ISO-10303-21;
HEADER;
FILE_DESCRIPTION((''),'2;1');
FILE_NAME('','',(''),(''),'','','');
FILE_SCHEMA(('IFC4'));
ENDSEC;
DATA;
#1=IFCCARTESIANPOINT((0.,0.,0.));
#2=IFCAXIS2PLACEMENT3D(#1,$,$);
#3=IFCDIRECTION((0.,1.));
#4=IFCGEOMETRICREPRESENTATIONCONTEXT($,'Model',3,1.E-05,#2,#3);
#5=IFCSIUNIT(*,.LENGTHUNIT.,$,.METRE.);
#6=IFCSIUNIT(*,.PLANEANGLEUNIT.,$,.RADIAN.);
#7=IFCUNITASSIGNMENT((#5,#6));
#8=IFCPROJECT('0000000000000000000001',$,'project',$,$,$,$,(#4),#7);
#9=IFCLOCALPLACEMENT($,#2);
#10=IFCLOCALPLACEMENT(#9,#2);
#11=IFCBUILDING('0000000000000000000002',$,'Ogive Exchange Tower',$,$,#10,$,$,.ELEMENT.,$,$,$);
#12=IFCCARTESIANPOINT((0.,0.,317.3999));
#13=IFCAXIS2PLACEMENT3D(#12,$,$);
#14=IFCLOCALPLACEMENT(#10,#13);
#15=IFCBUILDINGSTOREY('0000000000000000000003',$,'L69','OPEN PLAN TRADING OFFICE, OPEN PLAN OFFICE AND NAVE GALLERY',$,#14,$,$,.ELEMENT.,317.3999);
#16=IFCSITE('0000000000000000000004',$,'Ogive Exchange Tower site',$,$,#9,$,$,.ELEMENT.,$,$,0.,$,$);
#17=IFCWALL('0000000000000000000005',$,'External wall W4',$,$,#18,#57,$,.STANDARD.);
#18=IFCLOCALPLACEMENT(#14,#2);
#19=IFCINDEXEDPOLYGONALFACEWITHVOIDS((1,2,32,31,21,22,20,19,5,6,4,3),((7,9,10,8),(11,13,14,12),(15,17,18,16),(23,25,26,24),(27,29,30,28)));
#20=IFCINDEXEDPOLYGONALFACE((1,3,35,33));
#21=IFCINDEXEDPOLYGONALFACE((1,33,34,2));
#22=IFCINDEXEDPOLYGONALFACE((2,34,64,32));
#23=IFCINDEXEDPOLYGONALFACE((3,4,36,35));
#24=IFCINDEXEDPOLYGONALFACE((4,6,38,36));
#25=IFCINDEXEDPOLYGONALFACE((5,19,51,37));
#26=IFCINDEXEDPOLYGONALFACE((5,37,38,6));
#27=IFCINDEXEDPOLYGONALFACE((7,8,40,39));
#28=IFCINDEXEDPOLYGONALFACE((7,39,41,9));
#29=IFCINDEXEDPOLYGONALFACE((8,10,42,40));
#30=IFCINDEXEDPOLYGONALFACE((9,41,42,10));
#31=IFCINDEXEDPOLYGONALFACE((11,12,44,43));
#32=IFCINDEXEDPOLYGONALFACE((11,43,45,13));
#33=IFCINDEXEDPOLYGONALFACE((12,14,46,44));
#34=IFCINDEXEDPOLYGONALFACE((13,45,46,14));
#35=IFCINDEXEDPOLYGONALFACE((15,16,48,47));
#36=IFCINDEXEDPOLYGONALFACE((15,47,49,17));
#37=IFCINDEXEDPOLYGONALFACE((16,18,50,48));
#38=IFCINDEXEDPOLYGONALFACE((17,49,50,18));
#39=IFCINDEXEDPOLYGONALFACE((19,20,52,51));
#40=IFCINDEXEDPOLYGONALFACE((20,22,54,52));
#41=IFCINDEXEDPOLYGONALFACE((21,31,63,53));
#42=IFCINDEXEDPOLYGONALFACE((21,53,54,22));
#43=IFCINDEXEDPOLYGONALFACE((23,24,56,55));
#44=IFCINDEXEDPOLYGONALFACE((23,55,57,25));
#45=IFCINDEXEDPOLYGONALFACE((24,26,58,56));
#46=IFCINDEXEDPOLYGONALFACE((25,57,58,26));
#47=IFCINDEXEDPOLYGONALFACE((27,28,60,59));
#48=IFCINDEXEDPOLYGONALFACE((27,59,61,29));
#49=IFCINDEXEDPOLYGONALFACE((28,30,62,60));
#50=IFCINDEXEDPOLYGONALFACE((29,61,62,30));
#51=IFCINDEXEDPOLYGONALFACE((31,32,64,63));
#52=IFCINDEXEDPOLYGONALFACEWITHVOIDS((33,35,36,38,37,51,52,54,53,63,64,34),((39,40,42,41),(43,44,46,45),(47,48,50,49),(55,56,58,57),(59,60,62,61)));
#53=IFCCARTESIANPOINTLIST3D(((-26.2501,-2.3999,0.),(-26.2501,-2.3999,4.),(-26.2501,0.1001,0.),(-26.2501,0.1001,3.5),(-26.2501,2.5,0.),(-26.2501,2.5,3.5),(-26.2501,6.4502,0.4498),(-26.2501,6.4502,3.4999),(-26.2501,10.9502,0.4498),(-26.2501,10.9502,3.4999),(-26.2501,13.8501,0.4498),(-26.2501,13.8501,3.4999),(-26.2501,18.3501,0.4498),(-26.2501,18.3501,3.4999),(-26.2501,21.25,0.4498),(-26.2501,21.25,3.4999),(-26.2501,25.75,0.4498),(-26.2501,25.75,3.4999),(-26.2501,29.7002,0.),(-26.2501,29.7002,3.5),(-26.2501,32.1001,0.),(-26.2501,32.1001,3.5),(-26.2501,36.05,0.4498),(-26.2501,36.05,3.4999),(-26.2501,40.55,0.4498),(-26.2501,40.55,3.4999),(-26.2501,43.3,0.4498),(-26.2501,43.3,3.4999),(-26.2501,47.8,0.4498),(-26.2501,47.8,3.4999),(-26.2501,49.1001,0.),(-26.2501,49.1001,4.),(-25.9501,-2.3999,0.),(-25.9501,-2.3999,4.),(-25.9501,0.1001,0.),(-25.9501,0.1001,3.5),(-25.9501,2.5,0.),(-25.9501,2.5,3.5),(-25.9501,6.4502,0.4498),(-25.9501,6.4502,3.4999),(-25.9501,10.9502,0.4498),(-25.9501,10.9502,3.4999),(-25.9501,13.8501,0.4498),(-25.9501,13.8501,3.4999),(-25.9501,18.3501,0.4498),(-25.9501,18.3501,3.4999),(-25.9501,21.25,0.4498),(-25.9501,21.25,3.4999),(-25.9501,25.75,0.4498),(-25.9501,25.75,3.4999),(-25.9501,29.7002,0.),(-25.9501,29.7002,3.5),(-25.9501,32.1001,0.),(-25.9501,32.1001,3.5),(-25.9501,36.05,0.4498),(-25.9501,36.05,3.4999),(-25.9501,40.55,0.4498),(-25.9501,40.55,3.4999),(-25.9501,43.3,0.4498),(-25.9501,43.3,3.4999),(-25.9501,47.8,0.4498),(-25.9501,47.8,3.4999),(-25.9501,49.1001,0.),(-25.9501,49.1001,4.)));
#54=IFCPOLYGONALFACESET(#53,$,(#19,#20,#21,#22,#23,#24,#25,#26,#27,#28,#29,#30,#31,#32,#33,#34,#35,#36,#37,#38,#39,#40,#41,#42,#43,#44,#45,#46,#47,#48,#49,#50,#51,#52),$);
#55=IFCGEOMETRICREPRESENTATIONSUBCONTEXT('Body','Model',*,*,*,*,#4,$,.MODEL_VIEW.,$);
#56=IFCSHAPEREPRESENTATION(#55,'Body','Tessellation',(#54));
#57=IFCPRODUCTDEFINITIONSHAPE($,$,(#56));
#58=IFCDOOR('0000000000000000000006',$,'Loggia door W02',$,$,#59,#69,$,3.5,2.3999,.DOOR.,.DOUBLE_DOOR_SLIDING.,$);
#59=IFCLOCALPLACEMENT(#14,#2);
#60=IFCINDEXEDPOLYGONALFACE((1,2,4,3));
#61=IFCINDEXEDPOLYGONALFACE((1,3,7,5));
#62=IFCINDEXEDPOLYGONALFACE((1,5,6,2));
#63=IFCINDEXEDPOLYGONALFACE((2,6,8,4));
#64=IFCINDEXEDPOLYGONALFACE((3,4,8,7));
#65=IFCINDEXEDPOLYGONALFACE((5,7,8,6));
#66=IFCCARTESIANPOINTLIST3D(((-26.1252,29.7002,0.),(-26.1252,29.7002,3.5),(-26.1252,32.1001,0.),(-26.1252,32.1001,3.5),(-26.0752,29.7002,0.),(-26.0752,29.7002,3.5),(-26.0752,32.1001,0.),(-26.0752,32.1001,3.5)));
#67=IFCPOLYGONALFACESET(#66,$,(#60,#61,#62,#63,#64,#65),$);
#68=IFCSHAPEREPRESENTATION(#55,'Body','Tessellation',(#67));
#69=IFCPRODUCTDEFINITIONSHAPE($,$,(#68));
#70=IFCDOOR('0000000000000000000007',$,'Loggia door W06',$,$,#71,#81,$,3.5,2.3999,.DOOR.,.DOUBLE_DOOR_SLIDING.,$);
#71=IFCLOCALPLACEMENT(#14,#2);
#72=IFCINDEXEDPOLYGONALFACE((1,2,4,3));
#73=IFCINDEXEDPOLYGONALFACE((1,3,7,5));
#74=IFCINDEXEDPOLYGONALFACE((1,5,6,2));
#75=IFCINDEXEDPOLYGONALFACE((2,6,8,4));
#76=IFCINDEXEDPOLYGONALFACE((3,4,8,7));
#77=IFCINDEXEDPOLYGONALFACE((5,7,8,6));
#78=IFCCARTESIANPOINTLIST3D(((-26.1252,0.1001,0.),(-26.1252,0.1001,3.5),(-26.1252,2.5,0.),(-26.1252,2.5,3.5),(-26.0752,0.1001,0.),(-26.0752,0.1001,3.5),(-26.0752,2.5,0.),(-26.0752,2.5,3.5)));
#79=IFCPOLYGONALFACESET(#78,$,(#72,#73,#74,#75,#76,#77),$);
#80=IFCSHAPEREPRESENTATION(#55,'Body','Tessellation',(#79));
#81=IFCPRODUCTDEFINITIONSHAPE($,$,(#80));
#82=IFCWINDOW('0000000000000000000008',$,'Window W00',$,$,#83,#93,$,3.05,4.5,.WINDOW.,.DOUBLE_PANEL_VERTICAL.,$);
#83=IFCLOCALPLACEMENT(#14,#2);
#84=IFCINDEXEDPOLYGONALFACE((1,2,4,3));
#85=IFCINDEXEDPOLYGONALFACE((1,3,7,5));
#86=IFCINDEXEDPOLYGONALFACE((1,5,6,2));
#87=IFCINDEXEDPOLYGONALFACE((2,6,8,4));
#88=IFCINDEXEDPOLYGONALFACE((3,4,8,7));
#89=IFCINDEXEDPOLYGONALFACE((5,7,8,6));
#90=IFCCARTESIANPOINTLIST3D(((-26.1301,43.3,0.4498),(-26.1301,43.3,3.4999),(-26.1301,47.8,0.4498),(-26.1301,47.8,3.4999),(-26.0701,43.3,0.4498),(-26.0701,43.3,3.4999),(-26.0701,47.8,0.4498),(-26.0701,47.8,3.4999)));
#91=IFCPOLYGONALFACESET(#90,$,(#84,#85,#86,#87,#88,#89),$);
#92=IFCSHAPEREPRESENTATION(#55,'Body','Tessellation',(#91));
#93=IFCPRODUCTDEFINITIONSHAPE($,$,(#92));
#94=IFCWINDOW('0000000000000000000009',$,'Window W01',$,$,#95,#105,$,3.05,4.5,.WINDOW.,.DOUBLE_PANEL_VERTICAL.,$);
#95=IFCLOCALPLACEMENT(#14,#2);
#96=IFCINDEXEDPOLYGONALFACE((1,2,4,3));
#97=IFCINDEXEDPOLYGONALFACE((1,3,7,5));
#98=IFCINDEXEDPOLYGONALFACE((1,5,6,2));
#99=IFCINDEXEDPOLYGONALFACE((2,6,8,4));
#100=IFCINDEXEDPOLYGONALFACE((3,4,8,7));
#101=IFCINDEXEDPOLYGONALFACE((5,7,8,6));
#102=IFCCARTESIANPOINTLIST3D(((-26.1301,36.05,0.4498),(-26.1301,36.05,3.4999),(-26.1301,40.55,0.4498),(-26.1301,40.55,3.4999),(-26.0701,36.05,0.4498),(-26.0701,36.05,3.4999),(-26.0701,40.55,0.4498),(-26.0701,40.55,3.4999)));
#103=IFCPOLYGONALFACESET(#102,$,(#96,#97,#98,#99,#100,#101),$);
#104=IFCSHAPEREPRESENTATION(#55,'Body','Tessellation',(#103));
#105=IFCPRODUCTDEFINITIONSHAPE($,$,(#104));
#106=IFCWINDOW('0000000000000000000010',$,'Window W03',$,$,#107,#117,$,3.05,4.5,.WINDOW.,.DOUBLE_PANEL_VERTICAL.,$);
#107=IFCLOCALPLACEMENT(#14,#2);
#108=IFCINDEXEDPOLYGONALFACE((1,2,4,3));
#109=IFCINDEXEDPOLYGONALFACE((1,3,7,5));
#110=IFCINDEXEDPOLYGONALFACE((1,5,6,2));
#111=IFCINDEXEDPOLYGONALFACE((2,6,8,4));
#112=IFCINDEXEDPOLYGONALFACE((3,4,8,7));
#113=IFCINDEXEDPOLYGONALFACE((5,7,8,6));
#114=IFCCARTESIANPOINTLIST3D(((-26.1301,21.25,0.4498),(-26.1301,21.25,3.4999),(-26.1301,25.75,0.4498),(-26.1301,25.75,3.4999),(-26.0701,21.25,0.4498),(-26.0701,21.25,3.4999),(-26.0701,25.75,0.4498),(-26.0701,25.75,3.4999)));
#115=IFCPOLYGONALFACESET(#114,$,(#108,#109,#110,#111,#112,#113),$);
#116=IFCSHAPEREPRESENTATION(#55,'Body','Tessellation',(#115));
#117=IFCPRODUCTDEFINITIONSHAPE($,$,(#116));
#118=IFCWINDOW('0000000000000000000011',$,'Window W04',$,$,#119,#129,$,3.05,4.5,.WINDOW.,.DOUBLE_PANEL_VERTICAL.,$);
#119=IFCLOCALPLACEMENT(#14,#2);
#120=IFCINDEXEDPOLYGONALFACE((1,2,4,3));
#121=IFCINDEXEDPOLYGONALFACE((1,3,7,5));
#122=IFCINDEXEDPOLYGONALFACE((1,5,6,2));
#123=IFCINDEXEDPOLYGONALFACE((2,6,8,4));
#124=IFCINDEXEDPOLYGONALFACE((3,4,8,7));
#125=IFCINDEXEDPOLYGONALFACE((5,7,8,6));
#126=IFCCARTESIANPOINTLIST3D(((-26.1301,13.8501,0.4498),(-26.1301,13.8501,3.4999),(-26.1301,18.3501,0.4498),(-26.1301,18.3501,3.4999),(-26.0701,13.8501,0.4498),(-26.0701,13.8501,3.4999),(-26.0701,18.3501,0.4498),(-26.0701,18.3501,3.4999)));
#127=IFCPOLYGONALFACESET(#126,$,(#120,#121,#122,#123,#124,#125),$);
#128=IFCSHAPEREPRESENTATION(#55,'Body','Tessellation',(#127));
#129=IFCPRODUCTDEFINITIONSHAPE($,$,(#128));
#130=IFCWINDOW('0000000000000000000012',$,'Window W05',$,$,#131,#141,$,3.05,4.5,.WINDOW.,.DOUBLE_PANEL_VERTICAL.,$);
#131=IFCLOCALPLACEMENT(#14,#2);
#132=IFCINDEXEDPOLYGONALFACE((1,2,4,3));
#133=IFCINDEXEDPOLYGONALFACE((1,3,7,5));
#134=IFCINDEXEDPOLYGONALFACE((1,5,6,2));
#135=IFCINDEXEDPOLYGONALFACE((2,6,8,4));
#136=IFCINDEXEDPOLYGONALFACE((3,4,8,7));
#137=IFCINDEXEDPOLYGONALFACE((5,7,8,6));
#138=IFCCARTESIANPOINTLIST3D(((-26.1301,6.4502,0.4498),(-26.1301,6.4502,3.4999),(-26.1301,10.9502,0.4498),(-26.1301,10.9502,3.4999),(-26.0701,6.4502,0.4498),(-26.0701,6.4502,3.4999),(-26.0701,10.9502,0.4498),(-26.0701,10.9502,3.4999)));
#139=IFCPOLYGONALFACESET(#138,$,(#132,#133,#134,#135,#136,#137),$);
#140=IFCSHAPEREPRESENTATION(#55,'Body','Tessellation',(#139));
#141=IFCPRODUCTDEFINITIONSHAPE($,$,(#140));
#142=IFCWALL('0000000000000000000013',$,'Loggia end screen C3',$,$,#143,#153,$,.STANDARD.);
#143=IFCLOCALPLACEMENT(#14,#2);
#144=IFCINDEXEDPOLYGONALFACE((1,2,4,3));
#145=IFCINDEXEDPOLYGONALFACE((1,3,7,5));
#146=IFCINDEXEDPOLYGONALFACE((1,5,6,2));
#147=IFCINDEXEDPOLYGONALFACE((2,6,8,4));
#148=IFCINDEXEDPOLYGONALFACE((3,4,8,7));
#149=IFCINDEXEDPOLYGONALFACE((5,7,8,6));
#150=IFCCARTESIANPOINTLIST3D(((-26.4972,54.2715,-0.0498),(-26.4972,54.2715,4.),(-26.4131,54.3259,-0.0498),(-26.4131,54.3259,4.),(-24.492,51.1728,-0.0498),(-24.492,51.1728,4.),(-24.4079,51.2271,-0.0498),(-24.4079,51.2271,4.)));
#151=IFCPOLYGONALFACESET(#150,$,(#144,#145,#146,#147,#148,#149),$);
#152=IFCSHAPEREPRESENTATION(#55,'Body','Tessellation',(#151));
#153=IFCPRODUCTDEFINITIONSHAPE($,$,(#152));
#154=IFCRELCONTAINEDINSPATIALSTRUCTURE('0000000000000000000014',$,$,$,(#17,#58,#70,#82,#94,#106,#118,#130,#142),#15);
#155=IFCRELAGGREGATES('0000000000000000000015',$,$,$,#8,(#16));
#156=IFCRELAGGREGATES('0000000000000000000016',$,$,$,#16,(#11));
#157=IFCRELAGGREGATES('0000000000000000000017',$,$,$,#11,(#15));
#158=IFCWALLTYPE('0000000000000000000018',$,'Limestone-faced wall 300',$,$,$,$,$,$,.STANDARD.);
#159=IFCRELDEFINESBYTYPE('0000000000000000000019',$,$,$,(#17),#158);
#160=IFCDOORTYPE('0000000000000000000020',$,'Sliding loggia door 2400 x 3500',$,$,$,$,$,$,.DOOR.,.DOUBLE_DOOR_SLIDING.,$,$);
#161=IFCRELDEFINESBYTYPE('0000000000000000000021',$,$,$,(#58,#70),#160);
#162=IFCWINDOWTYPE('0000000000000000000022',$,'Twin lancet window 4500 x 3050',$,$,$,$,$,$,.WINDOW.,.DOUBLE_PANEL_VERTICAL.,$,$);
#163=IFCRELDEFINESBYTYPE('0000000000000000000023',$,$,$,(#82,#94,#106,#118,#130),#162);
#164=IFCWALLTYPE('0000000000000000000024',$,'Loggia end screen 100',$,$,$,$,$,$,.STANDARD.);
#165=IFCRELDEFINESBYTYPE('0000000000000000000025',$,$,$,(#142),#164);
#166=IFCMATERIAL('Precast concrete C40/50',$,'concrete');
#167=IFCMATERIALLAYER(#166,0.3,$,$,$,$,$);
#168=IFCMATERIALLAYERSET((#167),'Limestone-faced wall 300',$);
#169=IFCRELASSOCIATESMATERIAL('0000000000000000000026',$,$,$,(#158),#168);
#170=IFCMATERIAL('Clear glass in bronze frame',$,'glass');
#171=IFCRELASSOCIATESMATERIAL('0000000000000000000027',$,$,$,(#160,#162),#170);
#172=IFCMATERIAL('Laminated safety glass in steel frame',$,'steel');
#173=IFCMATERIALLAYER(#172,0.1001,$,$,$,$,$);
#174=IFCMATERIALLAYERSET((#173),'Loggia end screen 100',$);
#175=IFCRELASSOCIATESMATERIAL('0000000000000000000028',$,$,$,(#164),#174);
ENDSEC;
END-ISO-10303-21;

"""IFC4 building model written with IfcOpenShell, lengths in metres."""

from ifc_helpers import new_model, si_unit, direction, frame, frame_2d, origin, place, context, subcontext, project, spatial, rectangle, extrude, material, layer, layer_set, type_object, element, fill, save


model = new_model("IFC4")

# Units and contexts
model_context = context("Model", 3, precision=1e-05, world=origin(), true_north=direction((0.0, 1.0)))
body_context = subcontext(model_context, "Body", "Model", "MODEL_VIEW")
ifc_project = project(units=[si_unit("LENGTHUNIT", "METRE"), si_unit("PLANEANGLEUNIT", "RADIAN")], contexts=[model_context])

# Site, building, storey
site_placement = place(None, origin())
site = spatial("IfcSite", under=ifc_project, at=site_placement, Name="Ogive Exchange Tower site", CompositionType="ELEMENT", RefElevation=0.0)
building_placement = place(site_placement, origin())
building = spatial("IfcBuilding", under=site, at=building_placement, Name="Ogive Exchange Tower", CompositionType="ELEMENT")
storey_placement = place(building_placement, frame((0.0, 0.0, 317.3999)))
storey = spatial("IfcBuildingStorey", under=building, at=storey_placement, Name="L69", Description="OPEN PLAN TRADING OFFICE, OPEN PLAN OFFICE AND NAVE GALLERY", CompositionType="ELEMENT", Elevation=317.3999)

# Wall, openings, doors, windows
ifc_material_1 = material(Name="Precast concrete C40/50", Category="concrete")
ifc_layer_1 = layer(ifc_material_1, 0.3)
ifc_layer_set_1 = layer_set([ifc_layer_1], Name="Limestone-faced wall 300")
wall_type_1 = type_object("IfcWallType", Name="Limestone-faced wall 300", PredefinedType="STANDARD", material=ifc_layer_set_1)
wall_1_placement = place(storey_placement, frame((-26.1001, 49.1001, 0.0), z_axis=(0.0, 0.0, 1.0), x_axis=(0.0, -1.0, 0.0)))
wall_1 = element("IfcWall", 1, at=wall_1_placement, inside=storey, type_object=wall_type_1, Name="External wall W4", PredefinedType="STANDARD", context=body_context, shape_type="SweptSolid", body=[
    extrude(rectangle(XDim=51.5, YDim=0.3, at=frame_2d((25.75, 0.0))), origin(), (0.0, 0.0, 1.0), 4.0),
])
opening_1_placement = place(wall_1_placement, frame((1.3, 0.0, 0.45)))
opening_1 = element("IfcOpeningElement", 2, at=opening_1_placement, cuts=wall_1, PredefinedType="OPENING", context=body_context, shape_type="SweptSolid", body=[
    extrude(rectangle(XDim=4.5, YDim=3.05, at=frame_2d((2.25, 1.5249))), frame((0.0, 0.1599, 0.0), z_axis=(0.0, -1.0, 0.0), x_axis=(1.0, 0.0, 0.0)), (0.0, 0.0, 1.0), 0.3201),
])
opening_2_placement = place(wall_1_placement, frame((8.55, 0.0, 0.45)))
opening_2 = element("IfcOpeningElement", 3, at=opening_2_placement, cuts=wall_1, PredefinedType="OPENING", context=body_context, shape_type="SweptSolid", body=[
    extrude(rectangle(XDim=4.5, YDim=3.05, at=frame_2d((2.25, 1.5249))), frame((0.0, 0.1599, 0.0), z_axis=(0.0, -1.0, 0.0), x_axis=(1.0, 0.0, 0.0)), (0.0, 0.0, 1.0), 0.3201),
])
opening_3_placement = place(wall_1_placement, frame((17.0, 0.0, 0.0)))
opening_3 = element("IfcOpeningElement", 4, at=opening_3_placement, cuts=wall_1, PredefinedType="OPENING", context=body_context, shape_type="SweptSolid", body=[
    extrude(rectangle(XDim=2.3999, YDim=3.5, at=frame_2d((1.2, 1.75))), frame((0.0, 0.1599, 0.0), z_axis=(0.0, -1.0, 0.0), x_axis=(1.0, 0.0, 0.0)), (0.0, 0.0, 1.0), 0.3201),
])
opening_4_placement = place(wall_1_placement, frame((23.3501, 0.0, 0.45)))
opening_4 = element("IfcOpeningElement", 5, at=opening_4_placement, cuts=wall_1, PredefinedType="OPENING", context=body_context, shape_type="SweptSolid", body=[
    extrude(rectangle(XDim=4.5, YDim=3.05, at=frame_2d((2.25, 1.5249))), frame((0.0, 0.1599, 0.0), z_axis=(0.0, -1.0, 0.0), x_axis=(1.0, 0.0, 0.0)), (0.0, 0.0, 1.0), 0.3201),
])
opening_5_placement = place(wall_1_placement, frame((30.75, 0.0, 0.45)))
opening_5 = element("IfcOpeningElement", 6, at=opening_5_placement, cuts=wall_1, PredefinedType="OPENING", context=body_context, shape_type="SweptSolid", body=[
    extrude(rectangle(XDim=4.5, YDim=3.05, at=frame_2d((2.25, 1.5249))), frame((0.0, 0.1599, 0.0), z_axis=(0.0, -1.0, 0.0), x_axis=(1.0, 0.0, 0.0)), (0.0, 0.0, 1.0), 0.3201),
])
opening_6_placement = place(wall_1_placement, frame((38.1499, 0.0, 0.45)))
opening_6 = element("IfcOpeningElement", 7, at=opening_6_placement, cuts=wall_1, PredefinedType="OPENING", context=body_context, shape_type="SweptSolid", body=[
    extrude(rectangle(XDim=4.5, YDim=3.05, at=frame_2d((2.25, 1.5249))), frame((0.0, 0.1599, 0.0), z_axis=(0.0, -1.0, 0.0), x_axis=(1.0, 0.0, 0.0)), (0.0, 0.0, 1.0), 0.3201),
])
opening_7_placement = place(wall_1_placement, frame((46.6001, 0.0, 0.0)))
opening_7 = element("IfcOpeningElement", 8, at=opening_7_placement, cuts=wall_1, PredefinedType="OPENING", context=body_context, shape_type="SweptSolid", body=[
    extrude(rectangle(XDim=2.3999, YDim=3.5, at=frame_2d((1.2, 1.75))), frame((0.0, 0.1599, 0.0), z_axis=(0.0, -1.0, 0.0), x_axis=(1.0, 0.0, 0.0)), (0.0, 0.0, 1.0), 0.3201),
])
ifc_material_2 = material(Name="Clear glass in bronze frame", Category="glass")
door_type_1 = type_object("IfcDoorType", Name="Sliding loggia door 2400 x 3500", OperationType="DOUBLE_DOOR_SLIDING", PredefinedType="DOOR", material=ifc_material_2)
door_1_placement = place(opening_3_placement, origin())
door_1 = element("IfcDoor", 9, at=door_1_placement, inside=storey, type_object=door_type_1, Name="Loggia door W02", OperationType="DOUBLE_DOOR_SLIDING", OverallHeight=3.5, OverallWidth=2.3999, PredefinedType="DOOR", context=body_context, shape_type="SweptSolid", body=[
    extrude(rectangle(XDim=2.3999, YDim=3.5, at=frame_2d((1.2, 1.75))), frame((0.0, 0.0249, 0.0), z_axis=(0.0, -1.0, 0.0), x_axis=(1.0, 0.0, 0.0)), (0.0, 0.0, 1.0), 0.05),
])
fill(opening_3, door_1)
door_2_placement = place(opening_7_placement, origin())
door_2 = element("IfcDoor", 10, at=door_2_placement, inside=storey, type_object=door_type_1, Name="Loggia door W06", OperationType="DOUBLE_DOOR_SLIDING", OverallHeight=3.5, OverallWidth=2.3999, PredefinedType="DOOR", context=body_context, shape_type="SweptSolid", body=[
    extrude(rectangle(XDim=2.3999, YDim=3.5, at=frame_2d((1.2, 1.75))), frame((0.0, 0.0249, 0.0), z_axis=(0.0, -1.0, 0.0), x_axis=(1.0, 0.0, 0.0)), (0.0, 0.0, 1.0), 0.05),
])
fill(opening_7, door_2)
window_type = type_object("IfcWindowType", Name="Twin lancet window 4500 x 3050", PartitioningType="DOUBLE_PANEL_VERTICAL", PredefinedType="WINDOW", material=ifc_material_2)
window_1_placement = place(opening_1_placement, origin())
window_1 = element("IfcWindow", 11, at=window_1_placement, inside=storey, type_object=window_type, Name="Window W00", OverallHeight=3.05, OverallWidth=4.5, PartitioningType="DOUBLE_PANEL_VERTICAL", PredefinedType="WINDOW", context=body_context, shape_type="SweptSolid", body=[
    extrude(rectangle(XDim=4.5, YDim=3.05, at=frame_2d((2.25, 1.5249))), frame((0.0, 0.03, 0.0), z_axis=(0.0, -1.0, 0.0), x_axis=(1.0, 0.0, 0.0)), (0.0, 0.0, 1.0), 0.0601),
])
fill(opening_1, window_1)
window_2_placement = place(opening_2_placement, origin())
window_2 = element("IfcWindow", 12, at=window_2_placement, inside=storey, type_object=window_type, Name="Window W01", OverallHeight=3.05, OverallWidth=4.5, PartitioningType="DOUBLE_PANEL_VERTICAL", PredefinedType="WINDOW", context=body_context, shape_type="SweptSolid", body=[
    extrude(rectangle(XDim=4.5, YDim=3.05, at=frame_2d((2.25, 1.5249))), frame((0.0, 0.03, 0.0), z_axis=(0.0, -1.0, 0.0), x_axis=(1.0, 0.0, 0.0)), (0.0, 0.0, 1.0), 0.0601),
])
fill(opening_2, window_2)
window_3_placement = place(opening_4_placement, origin())
window_3 = element("IfcWindow", 13, at=window_3_placement, inside=storey, type_object=window_type, Name="Window W03", OverallHeight=3.05, OverallWidth=4.5, PartitioningType="DOUBLE_PANEL_VERTICAL", PredefinedType="WINDOW", context=body_context, shape_type="SweptSolid", body=[
    extrude(rectangle(XDim=4.5, YDim=3.05, at=frame_2d((2.25, 1.5249))), frame((0.0, 0.03, 0.0), z_axis=(0.0, -1.0, 0.0), x_axis=(1.0, 0.0, 0.0)), (0.0, 0.0, 1.0), 0.0601),
])
fill(opening_4, window_3)
window_4_placement = place(opening_5_placement, origin())
window_4 = element("IfcWindow", 14, at=window_4_placement, inside=storey, type_object=window_type, Name="Window W04", OverallHeight=3.05, OverallWidth=4.5, PartitioningType="DOUBLE_PANEL_VERTICAL", PredefinedType="WINDOW", context=body_context, shape_type="SweptSolid", body=[
    extrude(rectangle(XDim=4.5, YDim=3.05, at=frame_2d((2.25, 1.5249))), frame((0.0, 0.03, 0.0), z_axis=(0.0, -1.0, 0.0), x_axis=(1.0, 0.0, 0.0)), (0.0, 0.0, 1.0), 0.0601),
])
fill(opening_5, window_4)
window_5_placement = place(opening_6_placement, origin())
window_5 = element("IfcWindow", 15, at=window_5_placement, inside=storey, type_object=window_type, Name="Window W05", OverallHeight=3.05, OverallWidth=4.5, PartitioningType="DOUBLE_PANEL_VERTICAL", PredefinedType="WINDOW", context=body_context, shape_type="SweptSolid", body=[
    extrude(rectangle(XDim=4.5, YDim=3.05, at=frame_2d((2.25, 1.5249))), frame((0.0, 0.03, 0.0), z_axis=(0.0, -1.0, 0.0), x_axis=(1.0, 0.0, 0.0)), (0.0, 0.0, 1.0), 0.0601),
])
fill(opening_6, window_5)

# Wall
ifc_material_3 = material(Name="Laminated safety glass in steel frame", Category="steel")
ifc_layer_2 = layer(ifc_material_3, 0.1001)
ifc_layer_set_2 = layer_set([ifc_layer_2], Name="Loggia end screen 100")
wall_type_2 = type_object("IfcWallType", Name="Loggia end screen 100", PredefinedType="STANDARD", material=ifc_layer_set_2)
wall_2_placement = place(storey_placement, frame((-24.45, 51.2, -0.0498), z_axis=(0.0, 0.0, 1.0), x_axis=(-0.543276, 0.839554, 0.0)))
element("IfcWall", 16, at=wall_2_placement, inside=storey, type_object=wall_type_2, Name="Loggia end screen C3", PredefinedType="STANDARD", context=body_context, shape_type="SweptSolid", body=[
    extrude(rectangle(XDim=3.6909, YDim=0.1001, at=frame_2d((1.8455, 0.0))), origin(), (0.0, 0.0, 1.0), 4.0498),
])

save(model, "model.ifc")
